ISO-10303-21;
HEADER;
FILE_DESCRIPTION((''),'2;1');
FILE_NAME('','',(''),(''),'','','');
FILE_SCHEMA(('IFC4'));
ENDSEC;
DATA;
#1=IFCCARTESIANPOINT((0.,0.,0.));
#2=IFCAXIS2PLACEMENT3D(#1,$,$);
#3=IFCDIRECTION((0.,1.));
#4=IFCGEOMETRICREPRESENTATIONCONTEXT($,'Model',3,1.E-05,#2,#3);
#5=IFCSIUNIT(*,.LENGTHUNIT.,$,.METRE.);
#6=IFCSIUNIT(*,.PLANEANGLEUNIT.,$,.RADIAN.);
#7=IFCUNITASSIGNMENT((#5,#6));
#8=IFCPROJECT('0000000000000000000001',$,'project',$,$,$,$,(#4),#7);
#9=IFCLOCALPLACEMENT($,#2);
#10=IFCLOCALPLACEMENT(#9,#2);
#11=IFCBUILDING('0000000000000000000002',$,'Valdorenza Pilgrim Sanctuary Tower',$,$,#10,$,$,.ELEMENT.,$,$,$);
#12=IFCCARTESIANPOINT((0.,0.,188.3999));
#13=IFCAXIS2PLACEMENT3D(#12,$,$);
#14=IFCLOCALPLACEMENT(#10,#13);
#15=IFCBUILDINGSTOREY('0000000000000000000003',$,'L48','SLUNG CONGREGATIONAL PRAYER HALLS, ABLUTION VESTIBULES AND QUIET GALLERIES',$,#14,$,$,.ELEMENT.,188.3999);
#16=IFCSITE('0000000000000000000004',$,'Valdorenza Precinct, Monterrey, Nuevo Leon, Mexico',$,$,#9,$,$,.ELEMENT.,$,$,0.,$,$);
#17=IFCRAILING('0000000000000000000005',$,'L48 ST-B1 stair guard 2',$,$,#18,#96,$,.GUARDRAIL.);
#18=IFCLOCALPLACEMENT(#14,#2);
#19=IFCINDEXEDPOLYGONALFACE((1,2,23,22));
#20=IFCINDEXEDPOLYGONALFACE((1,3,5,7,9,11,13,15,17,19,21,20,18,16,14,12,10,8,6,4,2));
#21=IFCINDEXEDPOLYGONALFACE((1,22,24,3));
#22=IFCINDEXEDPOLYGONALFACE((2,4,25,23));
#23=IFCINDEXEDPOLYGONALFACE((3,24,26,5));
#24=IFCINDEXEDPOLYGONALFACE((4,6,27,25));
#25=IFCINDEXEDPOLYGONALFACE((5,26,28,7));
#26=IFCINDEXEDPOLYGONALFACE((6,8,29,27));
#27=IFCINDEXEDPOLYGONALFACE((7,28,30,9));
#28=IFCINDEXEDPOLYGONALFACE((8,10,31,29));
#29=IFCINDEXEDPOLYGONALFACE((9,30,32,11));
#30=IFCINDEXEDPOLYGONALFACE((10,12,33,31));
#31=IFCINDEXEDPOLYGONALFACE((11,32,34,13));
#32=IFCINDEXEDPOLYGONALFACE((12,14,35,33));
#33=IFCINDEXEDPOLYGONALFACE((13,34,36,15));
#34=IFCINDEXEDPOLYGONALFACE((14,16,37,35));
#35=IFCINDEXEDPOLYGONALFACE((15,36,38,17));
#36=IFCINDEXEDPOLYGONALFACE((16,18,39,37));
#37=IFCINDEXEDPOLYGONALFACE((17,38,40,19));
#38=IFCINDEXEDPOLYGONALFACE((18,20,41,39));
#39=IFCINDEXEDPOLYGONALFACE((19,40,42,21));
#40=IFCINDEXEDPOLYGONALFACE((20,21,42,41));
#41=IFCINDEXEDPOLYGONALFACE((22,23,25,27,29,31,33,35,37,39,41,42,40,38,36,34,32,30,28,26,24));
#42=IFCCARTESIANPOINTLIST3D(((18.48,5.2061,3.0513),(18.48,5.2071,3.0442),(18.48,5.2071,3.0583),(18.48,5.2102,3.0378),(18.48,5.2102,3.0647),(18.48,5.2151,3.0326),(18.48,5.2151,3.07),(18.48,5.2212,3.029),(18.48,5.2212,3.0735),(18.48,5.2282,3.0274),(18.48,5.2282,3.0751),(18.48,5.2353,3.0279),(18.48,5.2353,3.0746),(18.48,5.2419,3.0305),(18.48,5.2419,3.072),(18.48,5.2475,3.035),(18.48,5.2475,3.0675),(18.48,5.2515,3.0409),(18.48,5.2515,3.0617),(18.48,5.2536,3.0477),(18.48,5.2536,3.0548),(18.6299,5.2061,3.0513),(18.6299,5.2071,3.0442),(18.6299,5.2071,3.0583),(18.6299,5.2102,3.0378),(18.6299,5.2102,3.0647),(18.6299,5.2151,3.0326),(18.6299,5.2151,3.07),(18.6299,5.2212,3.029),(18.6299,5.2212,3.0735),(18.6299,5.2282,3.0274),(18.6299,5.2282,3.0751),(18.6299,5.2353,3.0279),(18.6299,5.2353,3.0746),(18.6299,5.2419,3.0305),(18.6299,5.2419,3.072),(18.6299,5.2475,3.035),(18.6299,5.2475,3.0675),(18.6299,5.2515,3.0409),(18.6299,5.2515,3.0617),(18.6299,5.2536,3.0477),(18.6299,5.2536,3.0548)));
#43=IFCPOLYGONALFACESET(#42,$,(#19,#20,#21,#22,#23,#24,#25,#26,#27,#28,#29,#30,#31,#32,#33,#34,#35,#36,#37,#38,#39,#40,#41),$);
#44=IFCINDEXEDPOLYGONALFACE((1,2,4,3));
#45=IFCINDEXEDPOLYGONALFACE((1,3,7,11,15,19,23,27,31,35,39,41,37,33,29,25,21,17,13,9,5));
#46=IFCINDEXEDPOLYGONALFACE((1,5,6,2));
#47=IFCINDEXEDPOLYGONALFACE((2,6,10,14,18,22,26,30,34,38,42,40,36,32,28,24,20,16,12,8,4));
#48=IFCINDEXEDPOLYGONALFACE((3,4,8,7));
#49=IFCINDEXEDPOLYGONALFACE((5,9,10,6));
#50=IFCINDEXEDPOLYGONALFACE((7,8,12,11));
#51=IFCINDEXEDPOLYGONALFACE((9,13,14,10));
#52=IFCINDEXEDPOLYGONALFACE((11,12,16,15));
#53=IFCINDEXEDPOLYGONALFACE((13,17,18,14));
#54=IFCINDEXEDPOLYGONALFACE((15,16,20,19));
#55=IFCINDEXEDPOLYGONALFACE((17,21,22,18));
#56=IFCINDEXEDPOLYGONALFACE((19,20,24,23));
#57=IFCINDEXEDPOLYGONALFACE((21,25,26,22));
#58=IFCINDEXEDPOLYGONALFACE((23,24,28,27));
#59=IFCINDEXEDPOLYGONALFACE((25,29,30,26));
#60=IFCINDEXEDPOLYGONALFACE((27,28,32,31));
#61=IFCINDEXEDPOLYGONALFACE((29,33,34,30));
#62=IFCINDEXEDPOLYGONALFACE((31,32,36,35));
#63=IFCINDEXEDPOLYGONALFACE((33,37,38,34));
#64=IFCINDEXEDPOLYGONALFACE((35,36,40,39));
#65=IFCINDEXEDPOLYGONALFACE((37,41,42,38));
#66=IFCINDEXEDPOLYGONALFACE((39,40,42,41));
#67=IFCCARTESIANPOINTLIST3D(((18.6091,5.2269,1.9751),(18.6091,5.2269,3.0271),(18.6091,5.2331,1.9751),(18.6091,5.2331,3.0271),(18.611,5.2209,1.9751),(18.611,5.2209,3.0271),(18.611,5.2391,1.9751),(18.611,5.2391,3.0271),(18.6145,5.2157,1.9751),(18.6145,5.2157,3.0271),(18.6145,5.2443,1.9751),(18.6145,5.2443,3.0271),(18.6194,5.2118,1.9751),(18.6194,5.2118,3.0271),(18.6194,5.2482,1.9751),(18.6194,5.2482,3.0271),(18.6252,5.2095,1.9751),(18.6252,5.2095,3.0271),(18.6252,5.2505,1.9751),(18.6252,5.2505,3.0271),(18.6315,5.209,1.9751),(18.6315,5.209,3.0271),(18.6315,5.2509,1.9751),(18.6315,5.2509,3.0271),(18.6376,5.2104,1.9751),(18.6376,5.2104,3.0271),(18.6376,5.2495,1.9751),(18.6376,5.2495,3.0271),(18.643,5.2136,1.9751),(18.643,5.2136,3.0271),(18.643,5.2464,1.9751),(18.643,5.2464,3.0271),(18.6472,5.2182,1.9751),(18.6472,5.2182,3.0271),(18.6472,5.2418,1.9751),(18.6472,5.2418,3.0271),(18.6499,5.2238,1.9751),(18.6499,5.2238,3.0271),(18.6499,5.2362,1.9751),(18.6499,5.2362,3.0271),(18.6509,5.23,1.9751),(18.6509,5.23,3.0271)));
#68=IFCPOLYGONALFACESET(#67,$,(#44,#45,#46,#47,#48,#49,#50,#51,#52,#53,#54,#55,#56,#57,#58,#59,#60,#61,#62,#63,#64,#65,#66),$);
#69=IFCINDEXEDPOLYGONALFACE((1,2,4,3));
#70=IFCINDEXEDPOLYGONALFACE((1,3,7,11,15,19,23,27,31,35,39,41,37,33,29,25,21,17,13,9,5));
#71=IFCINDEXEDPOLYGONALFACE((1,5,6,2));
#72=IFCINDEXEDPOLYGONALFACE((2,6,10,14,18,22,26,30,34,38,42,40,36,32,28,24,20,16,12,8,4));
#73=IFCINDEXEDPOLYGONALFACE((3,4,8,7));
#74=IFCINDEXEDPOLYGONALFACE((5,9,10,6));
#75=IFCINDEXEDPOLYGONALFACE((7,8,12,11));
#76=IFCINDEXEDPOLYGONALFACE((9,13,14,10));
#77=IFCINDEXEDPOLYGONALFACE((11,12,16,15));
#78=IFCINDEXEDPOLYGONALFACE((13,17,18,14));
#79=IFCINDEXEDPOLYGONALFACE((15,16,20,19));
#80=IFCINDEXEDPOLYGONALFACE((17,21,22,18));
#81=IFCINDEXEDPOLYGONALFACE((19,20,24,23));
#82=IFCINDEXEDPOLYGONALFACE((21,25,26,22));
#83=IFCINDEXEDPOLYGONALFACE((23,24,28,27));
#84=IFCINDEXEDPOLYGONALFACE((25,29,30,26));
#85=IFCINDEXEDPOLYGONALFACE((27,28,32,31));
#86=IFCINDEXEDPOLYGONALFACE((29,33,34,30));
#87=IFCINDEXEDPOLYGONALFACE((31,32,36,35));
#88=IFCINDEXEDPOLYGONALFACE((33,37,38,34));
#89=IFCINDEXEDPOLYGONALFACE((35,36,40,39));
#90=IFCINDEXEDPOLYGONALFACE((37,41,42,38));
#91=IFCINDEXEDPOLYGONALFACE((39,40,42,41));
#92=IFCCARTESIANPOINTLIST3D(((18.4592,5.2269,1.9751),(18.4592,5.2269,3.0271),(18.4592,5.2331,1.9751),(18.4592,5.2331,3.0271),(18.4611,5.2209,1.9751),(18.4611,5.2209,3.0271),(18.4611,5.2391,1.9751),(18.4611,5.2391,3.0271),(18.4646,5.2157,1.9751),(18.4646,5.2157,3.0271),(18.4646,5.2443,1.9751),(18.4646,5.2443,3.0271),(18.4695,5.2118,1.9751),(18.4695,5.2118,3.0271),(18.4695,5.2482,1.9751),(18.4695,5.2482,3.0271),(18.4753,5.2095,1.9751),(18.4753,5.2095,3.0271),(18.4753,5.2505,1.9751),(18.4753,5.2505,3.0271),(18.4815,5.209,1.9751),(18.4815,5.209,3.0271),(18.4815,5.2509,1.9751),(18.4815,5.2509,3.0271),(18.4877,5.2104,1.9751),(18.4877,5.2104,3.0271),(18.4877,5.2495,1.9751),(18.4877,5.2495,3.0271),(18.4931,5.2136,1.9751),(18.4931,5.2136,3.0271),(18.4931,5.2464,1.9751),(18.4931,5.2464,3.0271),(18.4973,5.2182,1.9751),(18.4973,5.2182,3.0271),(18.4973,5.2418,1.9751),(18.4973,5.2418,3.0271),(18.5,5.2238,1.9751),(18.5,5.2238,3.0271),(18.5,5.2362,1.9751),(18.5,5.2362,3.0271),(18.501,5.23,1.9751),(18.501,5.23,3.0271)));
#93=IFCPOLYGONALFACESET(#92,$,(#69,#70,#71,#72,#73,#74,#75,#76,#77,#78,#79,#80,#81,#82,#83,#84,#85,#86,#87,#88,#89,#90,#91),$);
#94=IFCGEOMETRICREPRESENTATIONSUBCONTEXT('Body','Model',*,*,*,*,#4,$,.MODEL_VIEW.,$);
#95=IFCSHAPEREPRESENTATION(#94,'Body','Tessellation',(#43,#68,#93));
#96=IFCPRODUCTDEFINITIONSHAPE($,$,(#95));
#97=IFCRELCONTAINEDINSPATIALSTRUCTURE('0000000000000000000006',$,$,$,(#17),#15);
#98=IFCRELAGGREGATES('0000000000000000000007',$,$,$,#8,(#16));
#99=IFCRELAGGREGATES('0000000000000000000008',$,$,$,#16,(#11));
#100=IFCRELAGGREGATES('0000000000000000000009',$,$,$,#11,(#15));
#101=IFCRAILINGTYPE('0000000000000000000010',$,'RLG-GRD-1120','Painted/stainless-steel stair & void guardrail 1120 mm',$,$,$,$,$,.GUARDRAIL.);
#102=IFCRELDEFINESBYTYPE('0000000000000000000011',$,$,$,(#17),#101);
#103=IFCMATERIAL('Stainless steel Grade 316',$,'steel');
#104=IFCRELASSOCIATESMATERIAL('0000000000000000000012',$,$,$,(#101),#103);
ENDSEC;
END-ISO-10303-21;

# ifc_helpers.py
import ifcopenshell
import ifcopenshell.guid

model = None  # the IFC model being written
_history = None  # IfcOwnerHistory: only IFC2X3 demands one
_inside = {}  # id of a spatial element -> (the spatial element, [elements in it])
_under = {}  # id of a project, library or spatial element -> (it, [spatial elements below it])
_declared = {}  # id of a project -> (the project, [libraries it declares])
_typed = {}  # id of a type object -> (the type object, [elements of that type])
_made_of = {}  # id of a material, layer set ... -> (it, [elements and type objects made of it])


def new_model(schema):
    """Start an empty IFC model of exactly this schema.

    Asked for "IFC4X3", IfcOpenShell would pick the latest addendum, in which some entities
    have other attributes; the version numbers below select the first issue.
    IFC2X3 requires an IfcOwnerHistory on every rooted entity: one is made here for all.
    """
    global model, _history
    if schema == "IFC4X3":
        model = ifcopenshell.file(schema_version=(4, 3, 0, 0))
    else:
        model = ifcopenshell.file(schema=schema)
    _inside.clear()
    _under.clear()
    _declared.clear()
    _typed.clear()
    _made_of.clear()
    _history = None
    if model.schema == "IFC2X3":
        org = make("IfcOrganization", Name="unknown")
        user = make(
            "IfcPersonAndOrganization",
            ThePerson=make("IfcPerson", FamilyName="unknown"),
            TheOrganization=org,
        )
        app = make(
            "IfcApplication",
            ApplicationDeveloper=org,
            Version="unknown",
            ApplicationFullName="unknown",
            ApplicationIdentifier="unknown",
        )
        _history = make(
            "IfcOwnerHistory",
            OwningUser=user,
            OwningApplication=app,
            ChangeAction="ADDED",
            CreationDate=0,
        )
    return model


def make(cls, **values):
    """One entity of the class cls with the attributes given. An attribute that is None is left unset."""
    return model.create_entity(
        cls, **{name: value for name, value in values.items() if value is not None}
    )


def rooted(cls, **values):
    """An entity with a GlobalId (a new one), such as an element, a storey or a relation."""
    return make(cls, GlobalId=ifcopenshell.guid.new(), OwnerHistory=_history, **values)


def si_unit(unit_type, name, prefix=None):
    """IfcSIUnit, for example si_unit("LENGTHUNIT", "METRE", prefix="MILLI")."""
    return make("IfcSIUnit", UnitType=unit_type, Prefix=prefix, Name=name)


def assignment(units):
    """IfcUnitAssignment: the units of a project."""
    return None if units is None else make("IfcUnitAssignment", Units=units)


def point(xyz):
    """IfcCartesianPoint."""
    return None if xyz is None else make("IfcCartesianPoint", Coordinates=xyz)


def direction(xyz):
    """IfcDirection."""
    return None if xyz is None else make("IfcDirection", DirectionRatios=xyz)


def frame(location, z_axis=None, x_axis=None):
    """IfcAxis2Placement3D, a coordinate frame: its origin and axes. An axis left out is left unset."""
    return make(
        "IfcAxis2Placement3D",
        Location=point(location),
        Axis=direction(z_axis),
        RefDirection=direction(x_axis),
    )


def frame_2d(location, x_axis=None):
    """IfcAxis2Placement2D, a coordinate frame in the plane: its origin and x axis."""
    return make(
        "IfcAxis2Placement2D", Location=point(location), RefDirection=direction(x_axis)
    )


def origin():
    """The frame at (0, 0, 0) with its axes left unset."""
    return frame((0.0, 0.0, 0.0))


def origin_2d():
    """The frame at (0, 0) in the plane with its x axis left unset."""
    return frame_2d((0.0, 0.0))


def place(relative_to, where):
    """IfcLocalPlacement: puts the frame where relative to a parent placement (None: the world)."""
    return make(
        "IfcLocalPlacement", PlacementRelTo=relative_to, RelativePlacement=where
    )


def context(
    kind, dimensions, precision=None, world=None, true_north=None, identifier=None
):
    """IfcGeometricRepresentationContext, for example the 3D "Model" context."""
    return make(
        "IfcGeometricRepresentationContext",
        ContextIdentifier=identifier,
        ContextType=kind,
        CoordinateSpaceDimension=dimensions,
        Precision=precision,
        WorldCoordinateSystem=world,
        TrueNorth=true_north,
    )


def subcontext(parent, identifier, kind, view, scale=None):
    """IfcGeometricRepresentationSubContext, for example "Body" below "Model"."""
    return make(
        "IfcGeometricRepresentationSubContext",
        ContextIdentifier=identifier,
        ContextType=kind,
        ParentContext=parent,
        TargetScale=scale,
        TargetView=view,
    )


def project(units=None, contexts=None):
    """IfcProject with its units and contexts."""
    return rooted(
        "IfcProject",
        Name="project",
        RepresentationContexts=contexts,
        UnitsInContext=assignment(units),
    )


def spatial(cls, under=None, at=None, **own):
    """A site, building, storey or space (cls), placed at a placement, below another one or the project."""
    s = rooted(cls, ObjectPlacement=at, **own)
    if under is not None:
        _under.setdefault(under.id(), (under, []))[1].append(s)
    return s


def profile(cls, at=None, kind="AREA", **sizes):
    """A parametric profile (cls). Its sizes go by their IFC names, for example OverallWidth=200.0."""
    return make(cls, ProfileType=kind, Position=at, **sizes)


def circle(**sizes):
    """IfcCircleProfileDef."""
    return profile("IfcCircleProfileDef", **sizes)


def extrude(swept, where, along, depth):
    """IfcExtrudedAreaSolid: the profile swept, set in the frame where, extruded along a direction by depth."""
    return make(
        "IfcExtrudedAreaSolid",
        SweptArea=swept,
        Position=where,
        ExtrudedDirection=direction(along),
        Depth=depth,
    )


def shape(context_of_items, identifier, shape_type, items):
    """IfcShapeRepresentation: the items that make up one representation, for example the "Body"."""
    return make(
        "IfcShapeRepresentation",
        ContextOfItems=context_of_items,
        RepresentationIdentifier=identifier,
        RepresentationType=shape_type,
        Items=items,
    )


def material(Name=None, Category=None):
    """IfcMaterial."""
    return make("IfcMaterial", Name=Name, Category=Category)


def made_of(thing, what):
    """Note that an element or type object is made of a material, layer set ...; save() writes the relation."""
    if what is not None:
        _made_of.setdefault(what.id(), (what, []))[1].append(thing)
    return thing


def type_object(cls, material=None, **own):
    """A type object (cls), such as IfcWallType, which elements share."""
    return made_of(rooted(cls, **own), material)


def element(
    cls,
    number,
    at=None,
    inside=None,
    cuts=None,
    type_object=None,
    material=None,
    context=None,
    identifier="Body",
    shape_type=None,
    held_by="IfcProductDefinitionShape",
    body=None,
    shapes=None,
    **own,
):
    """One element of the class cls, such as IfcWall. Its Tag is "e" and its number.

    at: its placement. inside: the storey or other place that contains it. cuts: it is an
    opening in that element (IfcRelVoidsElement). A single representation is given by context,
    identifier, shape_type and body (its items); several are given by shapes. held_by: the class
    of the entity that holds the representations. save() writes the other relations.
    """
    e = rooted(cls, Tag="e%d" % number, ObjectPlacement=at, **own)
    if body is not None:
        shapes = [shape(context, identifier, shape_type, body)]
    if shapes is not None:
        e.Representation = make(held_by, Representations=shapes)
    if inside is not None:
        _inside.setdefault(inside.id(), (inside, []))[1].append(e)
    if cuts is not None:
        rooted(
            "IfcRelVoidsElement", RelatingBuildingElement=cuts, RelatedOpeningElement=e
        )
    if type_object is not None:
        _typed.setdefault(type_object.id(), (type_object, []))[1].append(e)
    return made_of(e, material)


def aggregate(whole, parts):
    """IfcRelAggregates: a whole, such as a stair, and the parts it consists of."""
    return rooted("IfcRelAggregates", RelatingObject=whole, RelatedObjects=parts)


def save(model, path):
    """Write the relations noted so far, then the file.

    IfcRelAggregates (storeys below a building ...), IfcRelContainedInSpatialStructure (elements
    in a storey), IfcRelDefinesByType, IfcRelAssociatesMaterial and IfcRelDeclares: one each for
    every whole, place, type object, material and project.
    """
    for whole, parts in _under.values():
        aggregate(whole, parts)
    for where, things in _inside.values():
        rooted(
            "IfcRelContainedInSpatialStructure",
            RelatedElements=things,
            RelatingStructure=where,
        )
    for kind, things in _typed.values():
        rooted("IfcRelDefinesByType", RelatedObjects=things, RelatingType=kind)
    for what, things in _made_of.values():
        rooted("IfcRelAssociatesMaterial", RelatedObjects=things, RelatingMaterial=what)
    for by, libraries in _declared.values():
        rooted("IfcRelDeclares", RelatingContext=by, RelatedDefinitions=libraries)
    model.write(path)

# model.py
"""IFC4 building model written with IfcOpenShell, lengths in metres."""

from ifc_helpers import new_model, si_unit, direction, frame, origin, origin_2d, place, context, subcontext, project, spatial, circle, extrude, material, type_object, element, save


model = new_model("IFC4")

# Units and contexts
model_context = context("Model", 3, precision=1e-05, world=origin(), true_north=direction((0.0, 1.0)))
body_context = subcontext(model_context, "Body", "Model", "MODEL_VIEW")
ifc_project = project(units=[si_unit("LENGTHUNIT", "METRE"), si_unit("PLANEANGLEUNIT", "RADIAN")], contexts=[model_context])

# Site, building, storey
site_placement = place(None, origin())
site = spatial("IfcSite", under=ifc_project, at=site_placement, Name="Valdorenza Precinct, Monterrey, Nuevo Leon, Mexico", CompositionType="ELEMENT", RefElevation=0.0)
building_placement = place(site_placement, origin())
building = spatial("IfcBuilding", under=site, at=building_placement, Name="Valdorenza Pilgrim Sanctuary Tower", CompositionType="ELEMENT")
storey_placement = place(building_placement, frame((0.0, 0.0, 188.3999)))
storey = spatial("IfcBuildingStorey", under=building, at=storey_placement, Name="L48", Description="SLUNG CONGREGATIONAL PRAYER HALLS, ABLUTION VESTIBULES AND QUIET GALLERIES", CompositionType="ELEMENT", Elevation=188.3999)

# Railing
ifc_material_1 = material(Name="Stainless steel Grade 316", Category="steel")
railing_type_1 = type_object("IfcRailingType", Name="RLG-GRD-1120", Description="Painted/stainless-steel stair & void guardrail 1120 mm", PredefinedType="GUARDRAIL", material=ifc_material_1)
railing_1_placement = place(storey_placement, frame((18.6299, 5.23, 1.9751)))
element("IfcRailing", 1, at=railing_1_placement, inside=storey, type_object=railing_type_1, Name="L48 ST-B1 stair guard 2", PredefinedType="GUARDRAIL", context=body_context, shape_type="SweptSolid", body=[
    extrude(circle(Radius=0.0239, at=origin_2d()), frame((0.0, 0.0, 1.0762), z_axis=(-1.0, 0.0, 0.0), x_axis=(0.0, -1.0, 0.0)), (0.0, 0.0, 1.0), 0.1499),
    extrude(circle(Radius=0.021, at=origin_2d()), origin(), (0.0, 0.0, 1.0), 1.052),
    extrude(circle(Radius=0.021, at=origin_2d()), frame((-0.1499, 0.0, 0.0)), (0.0, 0.0, 1.0), 1.052),
])

save(model, "model.ifc")
